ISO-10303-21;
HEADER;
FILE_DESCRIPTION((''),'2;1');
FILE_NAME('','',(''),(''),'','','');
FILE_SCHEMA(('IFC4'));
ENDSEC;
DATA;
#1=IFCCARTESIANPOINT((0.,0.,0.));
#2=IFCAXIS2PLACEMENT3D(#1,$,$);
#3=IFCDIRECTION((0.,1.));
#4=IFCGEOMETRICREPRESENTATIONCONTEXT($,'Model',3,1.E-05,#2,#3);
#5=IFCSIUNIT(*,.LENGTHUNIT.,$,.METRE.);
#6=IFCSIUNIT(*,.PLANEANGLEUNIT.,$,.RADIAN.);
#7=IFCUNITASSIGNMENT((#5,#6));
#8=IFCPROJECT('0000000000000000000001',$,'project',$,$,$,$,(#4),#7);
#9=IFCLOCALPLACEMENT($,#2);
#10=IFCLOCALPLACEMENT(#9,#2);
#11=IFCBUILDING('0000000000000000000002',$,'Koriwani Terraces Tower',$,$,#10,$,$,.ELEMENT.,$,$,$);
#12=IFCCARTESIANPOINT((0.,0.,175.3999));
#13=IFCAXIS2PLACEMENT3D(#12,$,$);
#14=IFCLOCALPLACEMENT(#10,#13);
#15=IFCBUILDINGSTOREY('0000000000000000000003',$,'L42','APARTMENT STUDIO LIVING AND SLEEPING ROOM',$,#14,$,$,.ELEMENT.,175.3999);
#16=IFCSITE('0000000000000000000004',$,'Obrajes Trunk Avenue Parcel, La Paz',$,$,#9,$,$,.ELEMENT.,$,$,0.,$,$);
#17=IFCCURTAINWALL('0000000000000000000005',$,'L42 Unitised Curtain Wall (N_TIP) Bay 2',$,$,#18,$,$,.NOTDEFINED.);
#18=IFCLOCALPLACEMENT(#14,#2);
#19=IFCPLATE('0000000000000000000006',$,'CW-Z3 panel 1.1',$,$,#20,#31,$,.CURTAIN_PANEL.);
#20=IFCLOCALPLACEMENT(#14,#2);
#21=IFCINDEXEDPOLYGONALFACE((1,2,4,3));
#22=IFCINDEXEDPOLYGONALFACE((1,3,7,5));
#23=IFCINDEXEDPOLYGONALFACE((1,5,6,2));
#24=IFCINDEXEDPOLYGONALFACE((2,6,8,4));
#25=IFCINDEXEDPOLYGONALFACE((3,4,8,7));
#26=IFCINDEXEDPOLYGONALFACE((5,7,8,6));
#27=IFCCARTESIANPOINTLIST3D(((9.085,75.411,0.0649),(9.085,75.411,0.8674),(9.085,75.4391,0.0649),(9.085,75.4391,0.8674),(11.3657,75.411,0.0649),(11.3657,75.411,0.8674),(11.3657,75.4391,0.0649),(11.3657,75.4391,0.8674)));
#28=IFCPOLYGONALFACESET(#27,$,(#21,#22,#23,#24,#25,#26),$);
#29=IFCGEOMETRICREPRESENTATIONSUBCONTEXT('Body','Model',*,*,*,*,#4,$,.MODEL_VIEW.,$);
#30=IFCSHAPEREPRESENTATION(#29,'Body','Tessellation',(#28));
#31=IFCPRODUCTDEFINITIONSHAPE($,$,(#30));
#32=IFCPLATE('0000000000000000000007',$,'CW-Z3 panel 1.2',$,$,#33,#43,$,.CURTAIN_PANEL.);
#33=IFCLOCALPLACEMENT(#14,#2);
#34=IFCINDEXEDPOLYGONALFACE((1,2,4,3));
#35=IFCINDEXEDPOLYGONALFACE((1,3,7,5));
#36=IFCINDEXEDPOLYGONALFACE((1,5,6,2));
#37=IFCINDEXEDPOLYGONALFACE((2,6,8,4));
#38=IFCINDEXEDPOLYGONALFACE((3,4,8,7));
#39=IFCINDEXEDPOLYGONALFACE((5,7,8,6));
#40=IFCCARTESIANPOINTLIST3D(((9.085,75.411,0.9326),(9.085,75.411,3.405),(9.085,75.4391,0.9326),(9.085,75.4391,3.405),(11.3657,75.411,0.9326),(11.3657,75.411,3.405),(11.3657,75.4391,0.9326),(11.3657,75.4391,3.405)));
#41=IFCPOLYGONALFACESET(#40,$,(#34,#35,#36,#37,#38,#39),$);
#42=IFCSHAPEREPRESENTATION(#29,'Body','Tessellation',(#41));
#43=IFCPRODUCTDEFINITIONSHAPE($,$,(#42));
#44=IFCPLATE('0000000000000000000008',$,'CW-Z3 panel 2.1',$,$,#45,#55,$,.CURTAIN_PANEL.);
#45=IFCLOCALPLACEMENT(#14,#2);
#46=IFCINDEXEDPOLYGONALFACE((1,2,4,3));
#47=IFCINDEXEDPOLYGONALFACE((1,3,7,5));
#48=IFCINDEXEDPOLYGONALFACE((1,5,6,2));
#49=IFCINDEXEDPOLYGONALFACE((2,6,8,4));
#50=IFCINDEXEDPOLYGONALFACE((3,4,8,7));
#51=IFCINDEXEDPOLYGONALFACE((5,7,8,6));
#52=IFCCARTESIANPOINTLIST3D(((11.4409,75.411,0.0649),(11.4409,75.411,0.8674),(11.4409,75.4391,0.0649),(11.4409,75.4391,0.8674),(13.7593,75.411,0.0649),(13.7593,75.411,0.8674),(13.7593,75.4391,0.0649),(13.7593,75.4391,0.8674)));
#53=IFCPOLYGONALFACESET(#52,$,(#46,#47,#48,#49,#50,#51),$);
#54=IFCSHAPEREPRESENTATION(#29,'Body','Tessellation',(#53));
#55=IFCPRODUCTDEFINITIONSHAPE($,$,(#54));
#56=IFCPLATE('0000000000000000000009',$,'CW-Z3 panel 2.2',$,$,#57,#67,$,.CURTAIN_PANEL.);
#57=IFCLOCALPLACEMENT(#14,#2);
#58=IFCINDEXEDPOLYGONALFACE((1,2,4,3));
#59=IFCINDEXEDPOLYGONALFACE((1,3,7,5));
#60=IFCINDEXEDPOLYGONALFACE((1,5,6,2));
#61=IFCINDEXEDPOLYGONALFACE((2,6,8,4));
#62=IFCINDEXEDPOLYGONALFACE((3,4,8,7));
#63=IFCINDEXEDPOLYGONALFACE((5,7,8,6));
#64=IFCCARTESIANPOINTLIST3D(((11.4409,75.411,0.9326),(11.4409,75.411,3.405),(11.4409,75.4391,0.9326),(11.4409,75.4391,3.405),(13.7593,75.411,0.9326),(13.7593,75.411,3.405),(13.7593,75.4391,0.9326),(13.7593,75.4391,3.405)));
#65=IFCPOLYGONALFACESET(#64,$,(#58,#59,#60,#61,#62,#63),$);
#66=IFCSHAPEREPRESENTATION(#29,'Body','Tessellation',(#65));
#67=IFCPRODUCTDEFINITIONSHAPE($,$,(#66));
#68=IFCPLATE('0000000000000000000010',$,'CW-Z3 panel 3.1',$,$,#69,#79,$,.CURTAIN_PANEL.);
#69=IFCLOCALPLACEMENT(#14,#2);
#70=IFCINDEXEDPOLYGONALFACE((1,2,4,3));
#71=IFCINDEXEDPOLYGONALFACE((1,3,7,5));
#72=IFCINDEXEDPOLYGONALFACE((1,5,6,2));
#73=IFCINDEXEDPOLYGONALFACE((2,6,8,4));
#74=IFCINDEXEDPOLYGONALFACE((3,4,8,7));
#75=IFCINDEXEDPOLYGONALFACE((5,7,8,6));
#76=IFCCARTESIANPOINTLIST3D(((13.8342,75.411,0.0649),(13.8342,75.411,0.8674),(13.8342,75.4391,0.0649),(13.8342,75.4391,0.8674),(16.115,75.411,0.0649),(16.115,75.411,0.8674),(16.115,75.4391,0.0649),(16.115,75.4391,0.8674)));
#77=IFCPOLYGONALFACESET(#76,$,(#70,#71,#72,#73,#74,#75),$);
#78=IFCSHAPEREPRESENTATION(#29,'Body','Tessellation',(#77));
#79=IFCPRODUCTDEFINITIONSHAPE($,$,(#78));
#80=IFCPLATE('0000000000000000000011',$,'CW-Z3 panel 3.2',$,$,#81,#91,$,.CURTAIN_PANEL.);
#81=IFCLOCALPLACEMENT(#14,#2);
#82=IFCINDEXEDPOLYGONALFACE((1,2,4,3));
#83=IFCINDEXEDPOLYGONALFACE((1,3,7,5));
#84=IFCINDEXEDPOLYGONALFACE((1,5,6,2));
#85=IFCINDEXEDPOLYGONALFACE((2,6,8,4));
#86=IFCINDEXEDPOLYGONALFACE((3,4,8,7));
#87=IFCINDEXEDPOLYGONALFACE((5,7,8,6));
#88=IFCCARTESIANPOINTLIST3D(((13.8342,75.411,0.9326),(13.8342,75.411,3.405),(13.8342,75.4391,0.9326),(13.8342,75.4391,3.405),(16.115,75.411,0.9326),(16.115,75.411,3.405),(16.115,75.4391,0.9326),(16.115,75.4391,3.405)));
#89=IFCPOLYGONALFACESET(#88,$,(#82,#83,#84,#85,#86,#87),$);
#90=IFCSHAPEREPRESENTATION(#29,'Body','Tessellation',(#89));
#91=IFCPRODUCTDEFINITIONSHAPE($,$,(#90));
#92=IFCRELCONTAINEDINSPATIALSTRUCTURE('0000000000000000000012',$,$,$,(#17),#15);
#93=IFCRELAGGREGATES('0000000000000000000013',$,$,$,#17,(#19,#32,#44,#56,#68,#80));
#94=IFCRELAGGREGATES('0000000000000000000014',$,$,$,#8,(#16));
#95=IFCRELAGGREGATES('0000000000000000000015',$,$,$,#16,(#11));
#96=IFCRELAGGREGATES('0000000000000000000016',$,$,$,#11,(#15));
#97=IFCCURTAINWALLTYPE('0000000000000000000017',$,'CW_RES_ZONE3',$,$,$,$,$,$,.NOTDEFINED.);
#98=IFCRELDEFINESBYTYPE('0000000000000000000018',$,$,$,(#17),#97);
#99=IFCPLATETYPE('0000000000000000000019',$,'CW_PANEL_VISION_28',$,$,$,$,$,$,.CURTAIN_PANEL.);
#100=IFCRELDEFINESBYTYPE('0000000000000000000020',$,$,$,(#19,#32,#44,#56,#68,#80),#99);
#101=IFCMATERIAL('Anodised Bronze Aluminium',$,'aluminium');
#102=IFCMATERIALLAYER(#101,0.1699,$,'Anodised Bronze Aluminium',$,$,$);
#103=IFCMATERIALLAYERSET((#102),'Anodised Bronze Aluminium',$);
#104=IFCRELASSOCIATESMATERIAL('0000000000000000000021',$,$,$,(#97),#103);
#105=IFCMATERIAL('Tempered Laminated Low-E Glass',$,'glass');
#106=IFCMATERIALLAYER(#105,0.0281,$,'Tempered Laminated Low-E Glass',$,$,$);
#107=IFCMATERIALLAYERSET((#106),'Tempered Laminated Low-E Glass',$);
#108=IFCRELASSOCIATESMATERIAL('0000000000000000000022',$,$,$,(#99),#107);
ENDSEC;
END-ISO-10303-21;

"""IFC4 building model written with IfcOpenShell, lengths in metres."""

from ifc_helpers import new_model, si_unit, direction, frame, origin, origin_2d, place, context, subcontext, project, spatial, rectangle, extrude, material, layer, layer_set, type_object, element, aggregate, save


model = new_model("IFC4")

# Units and contexts
model_context = context("Model", 3, precision=1e-05, world=origin(), true_north=direction((0.0, 1.0)))
body_context = subcontext(model_context, "Body", "Model", "MODEL_VIEW")
ifc_project = project(units=[si_unit("LENGTHUNIT", "METRE"), si_unit("PLANEANGLEUNIT", "RADIAN")], contexts=[model_context])

# Site, building, storey
site_placement = place(None, origin())
site = spatial("IfcSite", under=ifc_project, at=site_placement, Name="Obrajes Trunk Avenue Parcel, La Paz", CompositionType="ELEMENT", RefElevation=0.0)
building_placement = place(site_placement, origin())
building = spatial("IfcBuilding", under=site, at=building_placement, Name="Koriwani Terraces Tower", CompositionType="ELEMENT")
storey_placement = place(building_placement, frame((0.0, 0.0, 175.3999)))
storey = spatial("IfcBuildingStorey", under=building, at=storey_placement, Name="L42", Description="APARTMENT STUDIO LIVING AND SLEEPING ROOM", CompositionType="ELEMENT", Elevation=175.3999)

# Curtain wall
ifc_material_1 = material(Name="Anodised Bronze Aluminium", Category="aluminium")
ifc_layer_1 = layer(ifc_material_1, 0.1699, Name="Anodised Bronze Aluminium")
ifc_layer_set_1 = layer_set([ifc_layer_1], Name="Anodised Bronze Aluminium")
curtain_wall_type = type_object("IfcCurtainWallType", Name="CW_RES_ZONE3", PredefinedType="NOTDEFINED", material=ifc_layer_set_1)
curtain_wall_1_placement = place(storey_placement, origin())
curtain_wall_1 = element("IfcCurtainWall", 1, at=curtain_wall_1_placement, inside=storey, type_object=curtain_wall_type, Name="L42 Unitised Curtain Wall (N_TIP) Bay 2", PredefinedType="NOTDEFINED")

# Plates
ifc_material_2 = material(Name="Tempered Laminated Low-E Glass", Category="glass")
ifc_layer_2 = layer(ifc_material_2, 0.0281, Name="Tempered Laminated Low-E Glass")
ifc_layer_set_2 = layer_set([ifc_layer_2], Name="Tempered Laminated Low-E Glass")
plate_type = type_object("IfcPlateType", Name="CW_PANEL_VISION_28", PredefinedType="CURTAIN_PANEL", material=ifc_layer_set_2)
plate_1_placement = place(storey_placement, frame((10.2253, 75.425, 0.0649), z_axis=(0.0, 0.0, 1.0), x_axis=(1.0, 0.0, 0.0)))
plate_1 = element("IfcPlate", 2, at=plate_1_placement, type_object=plate_type, Name="CW-Z3 panel 1.1", PredefinedType="CURTAIN_PANEL", context=body_context, shape_type="SweptSolid", body=[
    extrude(rectangle(XDim=2.2808, YDim=0.0281, at=origin_2d()), origin(), (0.0, 0.0, 1.0), 0.8025),
])
plate_2_placement = place(storey_placement, frame((10.2253, 75.425, 0.9326), z_axis=(0.0, 0.0, 1.0), x_axis=(1.0, 0.0, 0.0)))
plate_2 = element("IfcPlate", 3, at=plate_2_placement, type_object=plate_type, Name="CW-Z3 panel 1.2", PredefinedType="CURTAIN_PANEL", context=body_context, shape_type="SweptSolid", body=[
    extrude(rectangle(XDim=2.2808, YDim=0.0281, at=origin_2d()), origin(), (0.0, 0.0, 1.0), 2.4724),
])
plate_3_placement = place(storey_placement, frame((12.6001, 75.425, 0.0649), z_axis=(0.0, 0.0, 1.0), x_axis=(1.0, 0.0, 0.0)))
plate_3 = element("IfcPlate", 4, at=plate_3_placement, type_object=plate_type, Name="CW-Z3 panel 2.1", PredefinedType="CURTAIN_PANEL", context=body_context, shape_type="SweptSolid", body=[
    extrude(rectangle(XDim=2.3184, YDim=0.0281, at=origin_2d()), origin(), (0.0, 0.0, 1.0), 0.8025),
])
plate_4_placement = place(storey_placement, frame((12.6001, 75.425, 0.9326), z_axis=(0.0, 0.0, 1.0), x_axis=(1.0, 0.0, 0.0)))
plate_4 = element("IfcPlate", 5, at=plate_4_placement, type_object=plate_type, Name="CW-Z3 panel 2.2", PredefinedType="CURTAIN_PANEL", context=body_context, shape_type="SweptSolid", body=[
    extrude(rectangle(XDim=2.3184, YDim=0.0281, at=origin_2d()), origin(), (0.0, 0.0, 1.0), 2.4724),
])
plate_5_placement = place(storey_placement, frame((14.9746, 75.425, 0.0649), z_axis=(0.0, 0.0, 1.0), x_axis=(1.0, 0.0, 0.0)))
plate_5 = element("IfcPlate", 6, at=plate_5_placement, type_object=plate_type, Name="CW-Z3 panel 3.1", PredefinedType="CURTAIN_PANEL", context=body_context, shape_type="SweptSolid", body=[
    extrude(rectangle(XDim=2.2808, YDim=0.0281, at=origin_2d()), origin(), (0.0, 0.0, 1.0), 0.8025),
])
plate_6_placement = place(storey_placement, frame((14.9746, 75.425, 0.9326), z_axis=(0.0, 0.0, 1.0), x_axis=(1.0, 0.0, 0.0)))
plate_6 = element("IfcPlate", 7, at=plate_6_placement, type_object=plate_type, Name="CW-Z3 panel 3.2", PredefinedType="CURTAIN_PANEL", context=body_context, shape_type="SweptSolid", body=[
    extrude(rectangle(XDim=2.2808, YDim=0.0281, at=origin_2d()), origin(), (0.0, 0.0, 1.0), 2.4724),
])
aggregate(curtain_wall_1, [plate_1, plate_2, plate_3, plate_4, plate_5, plate_6])

save(model, "model.ifc")
